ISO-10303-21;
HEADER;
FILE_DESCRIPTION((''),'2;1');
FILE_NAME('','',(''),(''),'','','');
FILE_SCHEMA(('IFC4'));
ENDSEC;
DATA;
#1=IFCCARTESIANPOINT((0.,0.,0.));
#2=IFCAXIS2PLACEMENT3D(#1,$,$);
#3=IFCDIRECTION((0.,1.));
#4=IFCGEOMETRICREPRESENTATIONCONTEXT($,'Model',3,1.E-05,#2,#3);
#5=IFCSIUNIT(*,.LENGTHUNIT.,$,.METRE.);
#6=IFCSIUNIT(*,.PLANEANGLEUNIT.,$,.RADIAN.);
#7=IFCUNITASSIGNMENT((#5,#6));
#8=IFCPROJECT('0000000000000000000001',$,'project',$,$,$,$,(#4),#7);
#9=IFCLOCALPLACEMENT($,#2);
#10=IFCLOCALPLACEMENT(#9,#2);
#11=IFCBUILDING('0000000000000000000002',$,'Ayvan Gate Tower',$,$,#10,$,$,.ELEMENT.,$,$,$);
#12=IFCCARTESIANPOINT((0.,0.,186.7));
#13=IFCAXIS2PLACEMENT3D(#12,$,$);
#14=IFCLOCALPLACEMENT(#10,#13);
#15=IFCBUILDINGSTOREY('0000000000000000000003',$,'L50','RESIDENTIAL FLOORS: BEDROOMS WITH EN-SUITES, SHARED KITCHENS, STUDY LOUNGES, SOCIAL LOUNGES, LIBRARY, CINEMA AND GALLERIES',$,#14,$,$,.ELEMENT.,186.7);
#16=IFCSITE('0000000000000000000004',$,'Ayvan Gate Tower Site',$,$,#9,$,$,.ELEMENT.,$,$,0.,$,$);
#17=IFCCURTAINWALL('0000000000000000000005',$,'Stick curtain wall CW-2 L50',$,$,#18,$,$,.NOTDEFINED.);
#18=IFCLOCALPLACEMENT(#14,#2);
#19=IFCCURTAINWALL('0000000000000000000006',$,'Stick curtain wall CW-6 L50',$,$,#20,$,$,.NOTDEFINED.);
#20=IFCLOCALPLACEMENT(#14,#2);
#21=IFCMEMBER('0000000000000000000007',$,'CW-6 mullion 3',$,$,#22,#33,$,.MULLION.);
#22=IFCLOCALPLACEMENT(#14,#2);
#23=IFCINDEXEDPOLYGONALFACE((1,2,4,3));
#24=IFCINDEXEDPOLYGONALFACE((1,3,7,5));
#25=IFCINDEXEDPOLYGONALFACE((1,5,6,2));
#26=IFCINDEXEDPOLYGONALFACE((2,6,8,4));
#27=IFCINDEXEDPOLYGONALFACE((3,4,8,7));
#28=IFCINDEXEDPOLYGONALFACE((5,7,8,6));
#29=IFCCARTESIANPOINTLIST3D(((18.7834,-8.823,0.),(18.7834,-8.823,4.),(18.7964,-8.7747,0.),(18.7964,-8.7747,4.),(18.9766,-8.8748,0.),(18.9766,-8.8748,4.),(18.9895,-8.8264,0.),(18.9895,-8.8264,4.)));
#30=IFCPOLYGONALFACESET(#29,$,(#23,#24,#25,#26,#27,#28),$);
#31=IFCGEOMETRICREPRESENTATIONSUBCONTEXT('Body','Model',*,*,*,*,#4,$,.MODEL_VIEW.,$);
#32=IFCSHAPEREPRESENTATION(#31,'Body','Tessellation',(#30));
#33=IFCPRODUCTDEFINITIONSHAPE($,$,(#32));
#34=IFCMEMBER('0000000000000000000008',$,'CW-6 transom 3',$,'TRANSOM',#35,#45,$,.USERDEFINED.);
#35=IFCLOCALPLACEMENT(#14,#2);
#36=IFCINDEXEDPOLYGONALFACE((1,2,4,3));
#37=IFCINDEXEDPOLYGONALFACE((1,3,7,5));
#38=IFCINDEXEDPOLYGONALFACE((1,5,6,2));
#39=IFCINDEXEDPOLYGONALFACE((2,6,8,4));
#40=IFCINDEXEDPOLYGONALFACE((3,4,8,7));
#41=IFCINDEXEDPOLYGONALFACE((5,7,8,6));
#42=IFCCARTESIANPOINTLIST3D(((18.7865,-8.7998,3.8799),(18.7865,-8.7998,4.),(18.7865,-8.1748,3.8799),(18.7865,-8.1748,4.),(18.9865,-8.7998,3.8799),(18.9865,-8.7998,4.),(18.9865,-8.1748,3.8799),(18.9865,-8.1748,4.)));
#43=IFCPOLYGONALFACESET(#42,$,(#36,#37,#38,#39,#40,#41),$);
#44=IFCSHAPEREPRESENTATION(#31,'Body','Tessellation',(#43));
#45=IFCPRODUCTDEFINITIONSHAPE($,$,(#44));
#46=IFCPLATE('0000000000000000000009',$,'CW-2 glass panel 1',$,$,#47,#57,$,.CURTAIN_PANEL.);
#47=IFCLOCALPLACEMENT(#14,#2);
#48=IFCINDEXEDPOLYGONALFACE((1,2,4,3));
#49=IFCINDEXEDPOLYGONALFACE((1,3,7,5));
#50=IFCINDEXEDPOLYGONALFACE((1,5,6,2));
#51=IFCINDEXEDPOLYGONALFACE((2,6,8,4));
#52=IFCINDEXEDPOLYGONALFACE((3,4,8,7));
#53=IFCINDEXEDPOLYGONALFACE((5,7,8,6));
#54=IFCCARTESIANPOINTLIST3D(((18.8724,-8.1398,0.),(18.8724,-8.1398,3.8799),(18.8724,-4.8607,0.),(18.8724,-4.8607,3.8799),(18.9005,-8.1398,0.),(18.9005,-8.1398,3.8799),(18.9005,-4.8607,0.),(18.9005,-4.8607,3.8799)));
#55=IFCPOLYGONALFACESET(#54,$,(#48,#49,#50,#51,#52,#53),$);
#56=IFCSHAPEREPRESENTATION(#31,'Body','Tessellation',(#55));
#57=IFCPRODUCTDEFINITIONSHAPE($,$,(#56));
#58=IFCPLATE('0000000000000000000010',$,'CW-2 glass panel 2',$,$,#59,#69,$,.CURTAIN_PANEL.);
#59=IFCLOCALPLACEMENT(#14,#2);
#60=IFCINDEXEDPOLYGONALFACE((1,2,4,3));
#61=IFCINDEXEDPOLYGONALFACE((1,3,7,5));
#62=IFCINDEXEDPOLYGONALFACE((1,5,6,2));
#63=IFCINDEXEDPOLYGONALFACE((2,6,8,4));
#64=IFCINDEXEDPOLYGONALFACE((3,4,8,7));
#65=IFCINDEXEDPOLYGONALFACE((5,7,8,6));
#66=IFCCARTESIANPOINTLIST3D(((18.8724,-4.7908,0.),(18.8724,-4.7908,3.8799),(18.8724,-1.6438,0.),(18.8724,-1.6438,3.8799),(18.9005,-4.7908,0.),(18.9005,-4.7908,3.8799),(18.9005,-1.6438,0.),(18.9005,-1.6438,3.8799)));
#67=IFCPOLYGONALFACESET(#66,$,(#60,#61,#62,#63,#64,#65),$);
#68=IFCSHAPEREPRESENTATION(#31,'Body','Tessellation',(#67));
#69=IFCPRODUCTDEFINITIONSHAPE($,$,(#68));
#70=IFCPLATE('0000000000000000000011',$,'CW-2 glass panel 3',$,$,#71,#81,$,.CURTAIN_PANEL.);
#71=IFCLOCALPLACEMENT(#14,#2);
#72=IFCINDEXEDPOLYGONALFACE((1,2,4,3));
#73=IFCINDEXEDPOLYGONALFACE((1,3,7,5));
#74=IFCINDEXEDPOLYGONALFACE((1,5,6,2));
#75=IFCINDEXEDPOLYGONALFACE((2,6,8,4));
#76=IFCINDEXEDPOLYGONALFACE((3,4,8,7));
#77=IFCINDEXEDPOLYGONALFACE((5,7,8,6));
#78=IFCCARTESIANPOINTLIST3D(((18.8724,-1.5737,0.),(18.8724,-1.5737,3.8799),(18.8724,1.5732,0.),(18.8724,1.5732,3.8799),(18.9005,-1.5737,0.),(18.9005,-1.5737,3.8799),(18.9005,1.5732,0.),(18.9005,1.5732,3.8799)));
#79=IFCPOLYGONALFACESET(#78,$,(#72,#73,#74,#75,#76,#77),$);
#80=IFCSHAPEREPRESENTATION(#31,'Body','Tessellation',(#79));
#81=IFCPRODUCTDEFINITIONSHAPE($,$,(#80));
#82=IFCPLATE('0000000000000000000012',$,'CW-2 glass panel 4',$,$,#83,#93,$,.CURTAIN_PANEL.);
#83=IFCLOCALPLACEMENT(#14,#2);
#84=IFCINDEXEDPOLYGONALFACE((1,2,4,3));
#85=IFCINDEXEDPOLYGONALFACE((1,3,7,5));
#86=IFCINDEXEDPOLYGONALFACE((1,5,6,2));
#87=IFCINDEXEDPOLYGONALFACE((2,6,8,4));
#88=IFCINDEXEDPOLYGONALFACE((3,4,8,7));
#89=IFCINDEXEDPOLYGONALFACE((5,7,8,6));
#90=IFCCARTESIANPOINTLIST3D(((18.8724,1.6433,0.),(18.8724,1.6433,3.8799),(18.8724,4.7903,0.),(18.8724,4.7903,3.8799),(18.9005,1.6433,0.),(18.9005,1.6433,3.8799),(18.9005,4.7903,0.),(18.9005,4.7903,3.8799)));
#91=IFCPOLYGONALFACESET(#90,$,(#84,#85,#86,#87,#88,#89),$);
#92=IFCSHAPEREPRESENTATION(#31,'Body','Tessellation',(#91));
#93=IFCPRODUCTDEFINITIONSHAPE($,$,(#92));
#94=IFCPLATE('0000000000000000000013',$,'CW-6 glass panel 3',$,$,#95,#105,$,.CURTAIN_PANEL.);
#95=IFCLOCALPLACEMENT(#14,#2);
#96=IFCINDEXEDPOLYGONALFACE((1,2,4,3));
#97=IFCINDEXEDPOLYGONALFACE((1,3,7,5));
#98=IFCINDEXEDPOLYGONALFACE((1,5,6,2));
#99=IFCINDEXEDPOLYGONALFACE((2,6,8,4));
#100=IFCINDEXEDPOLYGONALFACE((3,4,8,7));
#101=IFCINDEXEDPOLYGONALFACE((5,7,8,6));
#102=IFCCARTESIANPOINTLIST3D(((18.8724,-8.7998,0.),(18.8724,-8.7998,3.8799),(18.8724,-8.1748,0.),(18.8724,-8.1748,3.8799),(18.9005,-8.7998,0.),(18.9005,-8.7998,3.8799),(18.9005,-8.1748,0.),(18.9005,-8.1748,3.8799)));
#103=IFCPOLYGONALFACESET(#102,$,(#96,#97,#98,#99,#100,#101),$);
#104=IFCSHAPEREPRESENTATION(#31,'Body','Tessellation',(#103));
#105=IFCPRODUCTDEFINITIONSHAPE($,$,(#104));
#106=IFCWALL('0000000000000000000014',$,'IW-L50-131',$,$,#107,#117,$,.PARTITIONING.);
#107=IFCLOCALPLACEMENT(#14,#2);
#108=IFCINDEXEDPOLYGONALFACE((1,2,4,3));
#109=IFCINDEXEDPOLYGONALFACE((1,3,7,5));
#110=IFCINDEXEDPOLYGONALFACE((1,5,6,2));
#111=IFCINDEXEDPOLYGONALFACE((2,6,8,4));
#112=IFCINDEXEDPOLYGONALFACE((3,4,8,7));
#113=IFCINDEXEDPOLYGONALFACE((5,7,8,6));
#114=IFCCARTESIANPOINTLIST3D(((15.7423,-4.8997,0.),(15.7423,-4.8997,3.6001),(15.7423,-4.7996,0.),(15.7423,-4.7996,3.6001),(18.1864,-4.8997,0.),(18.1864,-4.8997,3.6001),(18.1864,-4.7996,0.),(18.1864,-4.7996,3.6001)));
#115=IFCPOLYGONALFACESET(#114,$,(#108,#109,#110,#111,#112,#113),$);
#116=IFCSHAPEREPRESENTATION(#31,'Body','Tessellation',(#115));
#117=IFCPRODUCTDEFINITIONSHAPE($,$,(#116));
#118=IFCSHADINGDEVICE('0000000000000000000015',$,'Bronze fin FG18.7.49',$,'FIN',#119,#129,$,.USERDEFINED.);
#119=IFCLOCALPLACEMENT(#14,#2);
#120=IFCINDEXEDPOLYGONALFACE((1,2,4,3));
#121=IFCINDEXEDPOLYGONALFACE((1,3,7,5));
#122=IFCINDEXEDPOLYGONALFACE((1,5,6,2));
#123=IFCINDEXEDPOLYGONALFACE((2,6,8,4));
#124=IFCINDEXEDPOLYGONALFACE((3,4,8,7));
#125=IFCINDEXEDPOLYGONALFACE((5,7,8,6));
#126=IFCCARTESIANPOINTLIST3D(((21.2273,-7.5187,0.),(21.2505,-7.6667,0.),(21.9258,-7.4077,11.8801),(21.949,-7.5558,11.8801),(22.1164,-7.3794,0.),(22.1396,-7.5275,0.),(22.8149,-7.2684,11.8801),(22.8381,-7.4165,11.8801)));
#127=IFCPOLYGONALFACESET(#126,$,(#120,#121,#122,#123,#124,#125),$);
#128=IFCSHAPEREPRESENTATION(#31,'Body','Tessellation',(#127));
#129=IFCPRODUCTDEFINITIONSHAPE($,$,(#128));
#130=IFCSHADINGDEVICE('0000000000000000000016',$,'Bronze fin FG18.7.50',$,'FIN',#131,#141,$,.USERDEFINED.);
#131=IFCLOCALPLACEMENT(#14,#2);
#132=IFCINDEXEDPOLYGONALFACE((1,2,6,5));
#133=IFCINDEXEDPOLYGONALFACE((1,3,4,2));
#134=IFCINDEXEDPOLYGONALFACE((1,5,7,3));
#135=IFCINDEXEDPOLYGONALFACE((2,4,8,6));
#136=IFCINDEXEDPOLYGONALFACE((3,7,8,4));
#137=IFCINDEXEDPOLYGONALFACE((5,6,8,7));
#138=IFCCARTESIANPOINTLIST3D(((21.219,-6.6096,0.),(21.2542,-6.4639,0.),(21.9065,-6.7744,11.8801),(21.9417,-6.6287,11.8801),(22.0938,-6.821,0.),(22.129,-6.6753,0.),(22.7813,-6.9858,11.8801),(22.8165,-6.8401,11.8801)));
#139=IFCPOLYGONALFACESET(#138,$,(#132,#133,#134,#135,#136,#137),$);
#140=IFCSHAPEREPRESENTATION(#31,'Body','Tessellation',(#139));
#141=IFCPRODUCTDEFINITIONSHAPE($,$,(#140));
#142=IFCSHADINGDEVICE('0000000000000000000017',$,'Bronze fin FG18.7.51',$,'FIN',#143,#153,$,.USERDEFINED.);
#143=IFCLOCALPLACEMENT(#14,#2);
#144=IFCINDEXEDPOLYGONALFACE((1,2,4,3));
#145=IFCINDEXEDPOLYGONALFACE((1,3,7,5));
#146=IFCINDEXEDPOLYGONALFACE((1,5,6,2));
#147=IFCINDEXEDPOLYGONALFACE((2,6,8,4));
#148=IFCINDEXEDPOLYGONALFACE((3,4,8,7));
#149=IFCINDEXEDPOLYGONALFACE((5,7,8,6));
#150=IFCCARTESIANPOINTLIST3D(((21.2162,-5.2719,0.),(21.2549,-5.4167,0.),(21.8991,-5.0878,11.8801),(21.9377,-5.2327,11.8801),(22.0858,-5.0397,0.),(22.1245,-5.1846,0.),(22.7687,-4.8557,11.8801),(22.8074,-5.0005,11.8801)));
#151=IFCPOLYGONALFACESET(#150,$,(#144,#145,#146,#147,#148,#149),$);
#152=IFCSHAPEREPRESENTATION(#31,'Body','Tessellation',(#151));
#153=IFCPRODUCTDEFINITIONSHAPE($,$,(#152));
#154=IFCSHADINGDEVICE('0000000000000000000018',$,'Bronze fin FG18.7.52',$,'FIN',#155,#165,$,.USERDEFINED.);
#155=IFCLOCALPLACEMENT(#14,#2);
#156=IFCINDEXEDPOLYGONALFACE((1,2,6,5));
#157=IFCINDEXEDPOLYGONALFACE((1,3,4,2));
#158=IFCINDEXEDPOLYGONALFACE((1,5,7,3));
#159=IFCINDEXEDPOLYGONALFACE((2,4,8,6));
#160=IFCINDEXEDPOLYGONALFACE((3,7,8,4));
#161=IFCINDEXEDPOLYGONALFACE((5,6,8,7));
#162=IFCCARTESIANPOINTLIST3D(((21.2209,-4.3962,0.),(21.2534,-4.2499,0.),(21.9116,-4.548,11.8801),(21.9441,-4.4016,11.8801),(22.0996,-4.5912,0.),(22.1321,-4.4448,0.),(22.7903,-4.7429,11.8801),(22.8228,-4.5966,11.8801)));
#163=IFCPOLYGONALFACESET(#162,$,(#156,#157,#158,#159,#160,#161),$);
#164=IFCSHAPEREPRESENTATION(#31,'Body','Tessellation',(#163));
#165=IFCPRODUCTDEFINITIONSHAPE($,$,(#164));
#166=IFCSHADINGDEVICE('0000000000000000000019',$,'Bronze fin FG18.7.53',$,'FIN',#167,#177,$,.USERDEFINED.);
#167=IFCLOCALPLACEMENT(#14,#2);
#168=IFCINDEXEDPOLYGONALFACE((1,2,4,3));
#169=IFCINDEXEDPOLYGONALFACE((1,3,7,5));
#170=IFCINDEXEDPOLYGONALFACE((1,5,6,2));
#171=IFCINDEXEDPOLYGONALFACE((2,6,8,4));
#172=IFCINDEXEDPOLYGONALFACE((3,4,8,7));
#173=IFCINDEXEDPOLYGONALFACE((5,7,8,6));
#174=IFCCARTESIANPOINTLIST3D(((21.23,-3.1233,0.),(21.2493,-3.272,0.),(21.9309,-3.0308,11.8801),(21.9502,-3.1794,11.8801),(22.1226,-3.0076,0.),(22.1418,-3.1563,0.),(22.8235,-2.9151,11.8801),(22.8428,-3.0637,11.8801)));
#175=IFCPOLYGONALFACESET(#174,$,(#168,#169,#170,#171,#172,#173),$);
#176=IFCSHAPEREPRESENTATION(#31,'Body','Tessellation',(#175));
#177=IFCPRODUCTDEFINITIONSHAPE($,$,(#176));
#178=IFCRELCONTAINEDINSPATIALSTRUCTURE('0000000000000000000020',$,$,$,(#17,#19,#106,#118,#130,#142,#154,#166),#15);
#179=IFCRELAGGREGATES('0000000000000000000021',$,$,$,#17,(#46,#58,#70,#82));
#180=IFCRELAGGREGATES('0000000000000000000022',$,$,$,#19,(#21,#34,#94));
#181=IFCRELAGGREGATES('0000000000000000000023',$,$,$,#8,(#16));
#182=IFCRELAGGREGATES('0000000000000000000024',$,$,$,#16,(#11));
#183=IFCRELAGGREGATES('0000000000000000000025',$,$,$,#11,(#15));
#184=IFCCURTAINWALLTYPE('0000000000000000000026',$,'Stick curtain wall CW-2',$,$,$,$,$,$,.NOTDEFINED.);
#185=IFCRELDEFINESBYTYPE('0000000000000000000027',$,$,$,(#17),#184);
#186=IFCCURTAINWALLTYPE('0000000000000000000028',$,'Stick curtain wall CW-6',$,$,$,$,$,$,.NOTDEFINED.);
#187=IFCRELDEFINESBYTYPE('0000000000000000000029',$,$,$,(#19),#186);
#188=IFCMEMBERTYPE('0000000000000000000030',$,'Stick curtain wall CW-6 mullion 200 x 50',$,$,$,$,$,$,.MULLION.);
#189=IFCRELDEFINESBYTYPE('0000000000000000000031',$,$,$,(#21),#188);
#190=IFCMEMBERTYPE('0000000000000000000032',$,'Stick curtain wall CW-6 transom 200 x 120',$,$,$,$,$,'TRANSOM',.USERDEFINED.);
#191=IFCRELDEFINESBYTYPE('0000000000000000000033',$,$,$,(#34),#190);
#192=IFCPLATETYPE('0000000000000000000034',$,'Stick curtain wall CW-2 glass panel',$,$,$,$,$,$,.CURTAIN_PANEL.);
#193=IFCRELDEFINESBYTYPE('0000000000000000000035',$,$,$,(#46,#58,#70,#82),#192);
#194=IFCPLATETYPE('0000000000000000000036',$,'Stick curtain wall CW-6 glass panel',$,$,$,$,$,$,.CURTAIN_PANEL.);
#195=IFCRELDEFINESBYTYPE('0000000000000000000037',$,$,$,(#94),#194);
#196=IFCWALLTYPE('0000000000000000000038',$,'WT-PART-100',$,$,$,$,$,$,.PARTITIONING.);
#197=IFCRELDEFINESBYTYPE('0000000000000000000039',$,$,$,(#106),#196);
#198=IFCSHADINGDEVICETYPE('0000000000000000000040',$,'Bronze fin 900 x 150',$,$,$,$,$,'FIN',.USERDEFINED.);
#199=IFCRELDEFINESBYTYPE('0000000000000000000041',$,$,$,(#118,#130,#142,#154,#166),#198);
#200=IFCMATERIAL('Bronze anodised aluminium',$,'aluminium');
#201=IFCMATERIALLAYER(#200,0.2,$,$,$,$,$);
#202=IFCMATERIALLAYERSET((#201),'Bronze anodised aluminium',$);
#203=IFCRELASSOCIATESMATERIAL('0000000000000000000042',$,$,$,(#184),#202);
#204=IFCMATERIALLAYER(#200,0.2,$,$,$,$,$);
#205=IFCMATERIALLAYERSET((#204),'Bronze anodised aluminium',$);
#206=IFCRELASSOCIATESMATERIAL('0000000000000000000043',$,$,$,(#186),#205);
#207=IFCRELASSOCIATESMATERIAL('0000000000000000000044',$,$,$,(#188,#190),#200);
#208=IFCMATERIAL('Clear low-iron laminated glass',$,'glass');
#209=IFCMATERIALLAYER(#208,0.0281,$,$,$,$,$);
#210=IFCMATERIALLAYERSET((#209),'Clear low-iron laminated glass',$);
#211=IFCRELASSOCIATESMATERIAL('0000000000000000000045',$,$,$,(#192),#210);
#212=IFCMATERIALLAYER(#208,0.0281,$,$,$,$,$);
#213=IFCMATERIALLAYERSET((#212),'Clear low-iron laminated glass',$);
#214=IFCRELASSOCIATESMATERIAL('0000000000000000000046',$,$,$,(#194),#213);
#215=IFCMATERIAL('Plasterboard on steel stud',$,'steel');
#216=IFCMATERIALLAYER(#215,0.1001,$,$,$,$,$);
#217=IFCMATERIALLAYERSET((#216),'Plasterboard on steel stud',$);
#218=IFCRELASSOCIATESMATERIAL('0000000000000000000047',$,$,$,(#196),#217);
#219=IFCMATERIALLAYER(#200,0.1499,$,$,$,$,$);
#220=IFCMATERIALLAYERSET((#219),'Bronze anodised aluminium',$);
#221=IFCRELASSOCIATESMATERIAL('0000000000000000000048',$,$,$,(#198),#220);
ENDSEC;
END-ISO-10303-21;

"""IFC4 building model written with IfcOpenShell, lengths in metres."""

from ifc_helpers import new_model, si_unit, direction, frame, frame_2d, origin, origin_2d, place, context, subcontext, project, spatial, polyline, rectangle, outline, extrude, material, layer, layer_set, material_profile, profile_set, type_object, element, aggregate, save


model = new_model("IFC4")

# Units and contexts
model_context = context("Model", 3, precision=1e-05, world=origin(), true_north=direction((0.0, 1.0)))
body_context = subcontext(model_context, "Body", "Model", "MODEL_VIEW")
ifc_project = project(units=[si_unit("LENGTHUNIT", "METRE"), si_unit("PLANEANGLEUNIT", "RADIAN")], contexts=[model_context])

# Site, building, storey
site_placement = place(None, origin())
site = spatial("IfcSite", under=ifc_project, at=site_placement, Name="Ayvan Gate Tower Site", CompositionType="ELEMENT", RefElevation=0.0)
building_placement = place(site_placement, origin())
building = spatial("IfcBuilding", under=site, at=building_placement, Name="Ayvan Gate Tower", CompositionType="ELEMENT")
storey_placement = place(building_placement, frame((0.0, 0.0, 186.7)))
storey = spatial("IfcBuildingStorey", under=building, at=storey_placement, Name="L50", Description="RESIDENTIAL FLOORS: BEDROOMS WITH EN-SUITES, SHARED KITCHENS, STUDY LOUNGES, SOCIAL LOUNGES, LIBRARY, CINEMA AND GALLERIES", CompositionType="ELEMENT", Elevation=186.7)

# Curtain walls, members
ifc_material_1 = material(Name="Bronze anodised aluminium", Category="aluminium")
ifc_layer_1 = layer(ifc_material_1, 0.2)
ifc_layer_set_1 = layer_set([ifc_layer_1], Name="Bronze anodised aluminium")
curtain_wall_type_1 = type_object("IfcCurtainWallType", Name="Stick curtain wall CW-2", PredefinedType="NOTDEFINED", material=ifc_layer_set_1)
curtain_wall_1_placement = place(storey_placement, origin())
curtain_wall_1 = element("IfcCurtainWall", 1, at=curtain_wall_1_placement, inside=storey, type_object=curtain_wall_type_1, Name="Stick curtain wall CW-2 L50", PredefinedType="NOTDEFINED")
ifc_layer_2 = layer(ifc_material_1, 0.2)
ifc_layer_set_2 = layer_set([ifc_layer_2], Name="Bronze anodised aluminium")
curtain_wall_type_2 = type_object("IfcCurtainWallType", Name="Stick curtain wall CW-6", PredefinedType="NOTDEFINED", material=ifc_layer_set_2)
curtain_wall_2_placement = place(storey_placement, origin())
curtain_wall_2 = element("IfcCurtainWall", 2, at=curtain_wall_2_placement, inside=storey, type_object=curtain_wall_type_2, Name="Stick curtain wall CW-6 L50", PredefinedType="NOTDEFINED")
ifc_material_profile_1 = material_profile(ifc_material_1, rectangle(XDim=0.2, YDim=0.05, at=origin_2d()), Name="Stick curtain wall CW-6 mullion 200 x 50")
ifc_profile_set_1 = profile_set([ifc_material_profile_1], Name="Bronze anodised aluminium")
member_type_1 = type_object("IfcMemberType", Name="Stick curtain wall CW-6 mullion 200 x 50", PredefinedType="MULLION", material=ifc_profile_set_1)
member_1_placement = place(storey_placement, frame((18.8865, -8.8247, 0.0), z_axis=(0.0, 0.0, 1.0), x_axis=(0.965926, -0.258819, 0.0)))
member_1 = element("IfcMember", 3, at=member_1_placement, type_object=member_type_1, Name="CW-6 mullion 3", PredefinedType="MULLION", context=body_context, shape_type="SweptSolid", body=[
    extrude(rectangle(XDim=0.2, YDim=0.05, at=origin_2d()), origin(), (0.0, 0.0, 1.0), 4.0),
])
ifc_material_profile_2 = material_profile(ifc_material_1, rectangle(XDim=0.2, YDim=0.1201, at=origin_2d()), Name="Stick curtain wall CW-6 transom 200 x 120")
ifc_profile_set_2 = profile_set([ifc_material_profile_2], Name="Bronze anodised aluminium")
member_type_2 = type_object("IfcMemberType", Name="Stick curtain wall CW-6 transom 200 x 120", ElementType="TRANSOM", PredefinedType="USERDEFINED", material=ifc_profile_set_2)
member_2_placement = place(storey_placement, frame((18.8865, -8.7998, 3.9399), z_axis=(0.0, 1.0, 0.0), x_axis=(-1.0, 0.0, 0.0)))
member_2 = element("IfcMember", 4, at=member_2_placement, type_object=member_type_2, Name="CW-6 transom 3", ObjectType="TRANSOM", PredefinedType="USERDEFINED", context=body_context, shape_type="SweptSolid", body=[
    extrude(rectangle(XDim=0.2, YDim=0.1201, at=origin_2d()), origin(), (0.0, 0.0, 1.0), 0.625),
])

# Plates
ifc_material_2 = material(Name="Clear low-iron laminated glass", Category="glass")
ifc_layer_3 = layer(ifc_material_2, 0.0281)
ifc_layer_set_3 = layer_set([ifc_layer_3], Name="Clear low-iron laminated glass")
plate_type_1 = type_object("IfcPlateType", Name="Stick curtain wall CW-2 glass panel", PredefinedType="CURTAIN_PANEL", material=ifc_layer_set_3)
plate_1_placement = place(storey_placement, frame((18.8865, -6.5002, 0.0), z_axis=(0.0, 0.0, 1.0), x_axis=(0.0, 1.0, 0.0)))
plate_1 = element("IfcPlate", 5, at=plate_1_placement, type_object=plate_type_1, Name="CW-2 glass panel 1", PredefinedType="CURTAIN_PANEL", context=body_context, shape_type="SweptSolid", body=[
    extrude(rectangle(XDim=3.2791, YDim=0.0281, at=origin_2d()), origin(), (0.0, 0.0, 1.0), 3.8799),
])
plate_2_placement = place(storey_placement, frame((18.8865, -3.2173, 0.0), z_axis=(0.0, 0.0, 1.0), x_axis=(0.0, 1.0, 0.0)))
plate_2 = element("IfcPlate", 6, at=plate_2_placement, type_object=plate_type_1, Name="CW-2 glass panel 2", PredefinedType="CURTAIN_PANEL", context=body_context, shape_type="SweptSolid", body=[
    extrude(rectangle(XDim=3.147, YDim=0.0281, at=origin_2d()), origin(), (0.0, 0.0, 1.0), 3.8799),
])
plate_3_placement = place(storey_placement, frame((18.8865, -0.0002, 0.0), z_axis=(0.0, 0.0, 1.0), x_axis=(0.0, 1.0, 0.0)))
plate_3 = element("IfcPlate", 7, at=plate_3_placement, type_object=plate_type_1, Name="CW-2 glass panel 3", PredefinedType="CURTAIN_PANEL", context=body_context, shape_type="SweptSolid", body=[
    extrude(rectangle(XDim=3.147, YDim=0.0281, at=origin_2d()), origin(), (0.0, 0.0, 1.0), 3.8799),
])
plate_4_placement = place(storey_placement, frame((18.8865, 3.2168, 0.0), z_axis=(0.0, 0.0, 1.0), x_axis=(0.0, 1.0, 0.0)))
plate_4 = element("IfcPlate", 8, at=plate_4_placement, type_object=plate_type_1, Name="CW-2 glass panel 4", PredefinedType="CURTAIN_PANEL", context=body_context, shape_type="SweptSolid", body=[
    extrude(rectangle(XDim=3.147, YDim=0.0281, at=origin_2d()), origin(), (0.0, 0.0, 1.0), 3.8799),
])
aggregate(curtain_wall_1, [plate_1, plate_2, plate_3, plate_4])
ifc_layer_4 = layer(ifc_material_2, 0.0281)
ifc_layer_set_4 = layer_set([ifc_layer_4], Name="Clear low-iron laminated glass")
plate_type_2 = type_object("IfcPlateType", Name="Stick curtain wall CW-6 glass panel", PredefinedType="CURTAIN_PANEL", material=ifc_layer_set_4)
plate_5_placement = place(storey_placement, frame((18.8865, -8.4873, 0.0), z_axis=(0.0, 0.0, 1.0), x_axis=(0.0, 1.0, 0.0)))
plate_5 = element("IfcPlate", 9, at=plate_5_placement, type_object=plate_type_2, Name="CW-6 glass panel 3", PredefinedType="CURTAIN_PANEL", context=body_context, shape_type="SweptSolid", body=[
    extrude(rectangle(XDim=0.625, YDim=0.0281, at=origin_2d()), origin(), (0.0, 0.0, 1.0), 3.8799),
])
aggregate(curtain_wall_2, [member_1, member_2, plate_5])

# Wall
ifc_material_3 = material(Name="Plasterboard on steel stud", Category="steel")
ifc_layer_5 = layer(ifc_material_3, 0.1001)
ifc_layer_set_5 = layer_set([ifc_layer_5], Name="Plasterboard on steel stud")
wall_type = type_object("IfcWallType", Name="WT-PART-100", PredefinedType="PARTITIONING", material=ifc_layer_set_5)
wall_placement = place(storey_placement, frame((18.1865, -4.8496, 0.0), z_axis=(0.0, 0.0, 1.0), x_axis=(-1.0, 0.0, 0.0)))
element("IfcWall", 10, at=wall_placement, inside=storey, type_object=wall_type, Name="IW-L50-131", PredefinedType="PARTITIONING", context=body_context, shape_type="SweptSolid", body=[
    extrude(rectangle(XDim=2.4441, YDim=0.1001, at=frame_2d((1.2222, 0.0))), origin(), (0.0, 0.0, 1.0), 3.6001),
])

# Shading devices
ifc_layer_6 = layer(ifc_material_1, 0.1499)
ifc_layer_set_6 = layer_set([ifc_layer_6], Name="Bronze anodised aluminium")
shading_device_type = type_object("IfcShadingDeviceType", Name="Bronze fin 900 x 150", ElementType="FIN", PredefinedType="USERDEFINED", material=ifc_layer_set_6)
shading_device_1_placement = place(storey_placement, frame((21.2505, -7.6667, 0.0), z_axis=(0.154758, -0.987952, 0.000129), x_axis=(0.987952, 0.154758, 0.0)))
element("IfcShadingDevice", 11, at=shading_device_1_placement, inside=storey, type_object=shading_device_type, Name="Bronze fin FG18.7.49", ObjectType="FIN", PredefinedType="USERDEFINED", context=body_context, shape_type="SweptSolid", body=[
    extrude(outline(polyline([(0.0, 0.0), (0.9, 0.0), (1.6072, 11.8801), (0.7072, 11.8801), (0.0, 0.0)])), origin(), (0.0, 0.0, -1.0), 0.1499),
])
shading_device_2_placement = place(storey_placement, frame((21.219, -6.6096, 0.0), z_axis=(-0.234932, -0.972012, 0.000112), x_axis=(0.972012, -0.234932, 0.0)))
element("IfcShadingDevice", 12, at=shading_device_2_placement, inside=storey, type_object=shading_device_type, Name="Bronze fin FG18.7.50", ObjectType="FIN", PredefinedType="USERDEFINED", context=body_context, shape_type="SweptSolid", body=[
    extrude(outline(polyline([(0.0, 0.0), (0.8999, 0.0), (1.6069, 11.8801), (0.707, 11.8801), (0.0, 0.0)])), origin(), (0.0, 0.0, -1.0), 0.1499),
])
shading_device_3_placement = place(storey_placement, frame((21.2549, -5.4167, 0.0), z_axis=(0.25795, -0.966158, 0.000144), x_axis=(0.966158, 0.25795, 0.0)))
element("IfcShadingDevice", 13, at=shading_device_3_placement, inside=storey, type_object=shading_device_type, Name="Bronze fin FG18.7.51", ObjectType="FIN", PredefinedType="USERDEFINED", context=body_context, shape_type="SweptSolid", body=[
    extrude(outline(polyline([(0.0, 0.0), (0.9001, 0.0), (1.6073, 11.8801), (0.7072, 11.8801), (0.0, 0.0)])), origin(), (0.0, 0.0, -1.0), 0.1499),
])
shading_device_4_placement = place(storey_placement, frame((21.2209, -4.3962, 0.0), z_axis=(-0.2166, -0.97626, 0.000124), x_axis=(0.97626, -0.2166, 0.0)))
element("IfcShadingDevice", 14, at=shading_device_4_placement, inside=storey, type_object=shading_device_type, Name="Bronze fin FG18.7.52", ObjectType="FIN", PredefinedType="USERDEFINED", context=body_context, shape_type="SweptSolid", body=[
    extrude(outline(polyline([(0.0, 0.0), (0.9, 0.0), (1.6072, 11.8801), (0.7071, 11.8801), (0.0, 0.0)])), origin(), (0.0, 0.0, -1.0), 0.1499),
])
shading_device_5_placement = place(storey_placement, frame((21.2493, -3.272, 0.0), z_axis=(0.128574, -0.9917, 0.000138), x_axis=(0.9917, 0.128574, 0.0)))
element("IfcShadingDevice", 15, at=shading_device_5_placement, inside=storey, type_object=shading_device_type, Name="Bronze fin FG18.7.53", ObjectType="FIN", PredefinedType="USERDEFINED", context=body_context, shape_type="SweptSolid", body=[
    extrude(outline(polyline([(0.0, 0.0), (0.9, 0.0), (1.6071, 11.8801), (0.707, 11.8801), (0.0, 0.0)])), origin(), (0.0, 0.0, -1.0), 0.1499),
])

save(model, "model.ifc")
